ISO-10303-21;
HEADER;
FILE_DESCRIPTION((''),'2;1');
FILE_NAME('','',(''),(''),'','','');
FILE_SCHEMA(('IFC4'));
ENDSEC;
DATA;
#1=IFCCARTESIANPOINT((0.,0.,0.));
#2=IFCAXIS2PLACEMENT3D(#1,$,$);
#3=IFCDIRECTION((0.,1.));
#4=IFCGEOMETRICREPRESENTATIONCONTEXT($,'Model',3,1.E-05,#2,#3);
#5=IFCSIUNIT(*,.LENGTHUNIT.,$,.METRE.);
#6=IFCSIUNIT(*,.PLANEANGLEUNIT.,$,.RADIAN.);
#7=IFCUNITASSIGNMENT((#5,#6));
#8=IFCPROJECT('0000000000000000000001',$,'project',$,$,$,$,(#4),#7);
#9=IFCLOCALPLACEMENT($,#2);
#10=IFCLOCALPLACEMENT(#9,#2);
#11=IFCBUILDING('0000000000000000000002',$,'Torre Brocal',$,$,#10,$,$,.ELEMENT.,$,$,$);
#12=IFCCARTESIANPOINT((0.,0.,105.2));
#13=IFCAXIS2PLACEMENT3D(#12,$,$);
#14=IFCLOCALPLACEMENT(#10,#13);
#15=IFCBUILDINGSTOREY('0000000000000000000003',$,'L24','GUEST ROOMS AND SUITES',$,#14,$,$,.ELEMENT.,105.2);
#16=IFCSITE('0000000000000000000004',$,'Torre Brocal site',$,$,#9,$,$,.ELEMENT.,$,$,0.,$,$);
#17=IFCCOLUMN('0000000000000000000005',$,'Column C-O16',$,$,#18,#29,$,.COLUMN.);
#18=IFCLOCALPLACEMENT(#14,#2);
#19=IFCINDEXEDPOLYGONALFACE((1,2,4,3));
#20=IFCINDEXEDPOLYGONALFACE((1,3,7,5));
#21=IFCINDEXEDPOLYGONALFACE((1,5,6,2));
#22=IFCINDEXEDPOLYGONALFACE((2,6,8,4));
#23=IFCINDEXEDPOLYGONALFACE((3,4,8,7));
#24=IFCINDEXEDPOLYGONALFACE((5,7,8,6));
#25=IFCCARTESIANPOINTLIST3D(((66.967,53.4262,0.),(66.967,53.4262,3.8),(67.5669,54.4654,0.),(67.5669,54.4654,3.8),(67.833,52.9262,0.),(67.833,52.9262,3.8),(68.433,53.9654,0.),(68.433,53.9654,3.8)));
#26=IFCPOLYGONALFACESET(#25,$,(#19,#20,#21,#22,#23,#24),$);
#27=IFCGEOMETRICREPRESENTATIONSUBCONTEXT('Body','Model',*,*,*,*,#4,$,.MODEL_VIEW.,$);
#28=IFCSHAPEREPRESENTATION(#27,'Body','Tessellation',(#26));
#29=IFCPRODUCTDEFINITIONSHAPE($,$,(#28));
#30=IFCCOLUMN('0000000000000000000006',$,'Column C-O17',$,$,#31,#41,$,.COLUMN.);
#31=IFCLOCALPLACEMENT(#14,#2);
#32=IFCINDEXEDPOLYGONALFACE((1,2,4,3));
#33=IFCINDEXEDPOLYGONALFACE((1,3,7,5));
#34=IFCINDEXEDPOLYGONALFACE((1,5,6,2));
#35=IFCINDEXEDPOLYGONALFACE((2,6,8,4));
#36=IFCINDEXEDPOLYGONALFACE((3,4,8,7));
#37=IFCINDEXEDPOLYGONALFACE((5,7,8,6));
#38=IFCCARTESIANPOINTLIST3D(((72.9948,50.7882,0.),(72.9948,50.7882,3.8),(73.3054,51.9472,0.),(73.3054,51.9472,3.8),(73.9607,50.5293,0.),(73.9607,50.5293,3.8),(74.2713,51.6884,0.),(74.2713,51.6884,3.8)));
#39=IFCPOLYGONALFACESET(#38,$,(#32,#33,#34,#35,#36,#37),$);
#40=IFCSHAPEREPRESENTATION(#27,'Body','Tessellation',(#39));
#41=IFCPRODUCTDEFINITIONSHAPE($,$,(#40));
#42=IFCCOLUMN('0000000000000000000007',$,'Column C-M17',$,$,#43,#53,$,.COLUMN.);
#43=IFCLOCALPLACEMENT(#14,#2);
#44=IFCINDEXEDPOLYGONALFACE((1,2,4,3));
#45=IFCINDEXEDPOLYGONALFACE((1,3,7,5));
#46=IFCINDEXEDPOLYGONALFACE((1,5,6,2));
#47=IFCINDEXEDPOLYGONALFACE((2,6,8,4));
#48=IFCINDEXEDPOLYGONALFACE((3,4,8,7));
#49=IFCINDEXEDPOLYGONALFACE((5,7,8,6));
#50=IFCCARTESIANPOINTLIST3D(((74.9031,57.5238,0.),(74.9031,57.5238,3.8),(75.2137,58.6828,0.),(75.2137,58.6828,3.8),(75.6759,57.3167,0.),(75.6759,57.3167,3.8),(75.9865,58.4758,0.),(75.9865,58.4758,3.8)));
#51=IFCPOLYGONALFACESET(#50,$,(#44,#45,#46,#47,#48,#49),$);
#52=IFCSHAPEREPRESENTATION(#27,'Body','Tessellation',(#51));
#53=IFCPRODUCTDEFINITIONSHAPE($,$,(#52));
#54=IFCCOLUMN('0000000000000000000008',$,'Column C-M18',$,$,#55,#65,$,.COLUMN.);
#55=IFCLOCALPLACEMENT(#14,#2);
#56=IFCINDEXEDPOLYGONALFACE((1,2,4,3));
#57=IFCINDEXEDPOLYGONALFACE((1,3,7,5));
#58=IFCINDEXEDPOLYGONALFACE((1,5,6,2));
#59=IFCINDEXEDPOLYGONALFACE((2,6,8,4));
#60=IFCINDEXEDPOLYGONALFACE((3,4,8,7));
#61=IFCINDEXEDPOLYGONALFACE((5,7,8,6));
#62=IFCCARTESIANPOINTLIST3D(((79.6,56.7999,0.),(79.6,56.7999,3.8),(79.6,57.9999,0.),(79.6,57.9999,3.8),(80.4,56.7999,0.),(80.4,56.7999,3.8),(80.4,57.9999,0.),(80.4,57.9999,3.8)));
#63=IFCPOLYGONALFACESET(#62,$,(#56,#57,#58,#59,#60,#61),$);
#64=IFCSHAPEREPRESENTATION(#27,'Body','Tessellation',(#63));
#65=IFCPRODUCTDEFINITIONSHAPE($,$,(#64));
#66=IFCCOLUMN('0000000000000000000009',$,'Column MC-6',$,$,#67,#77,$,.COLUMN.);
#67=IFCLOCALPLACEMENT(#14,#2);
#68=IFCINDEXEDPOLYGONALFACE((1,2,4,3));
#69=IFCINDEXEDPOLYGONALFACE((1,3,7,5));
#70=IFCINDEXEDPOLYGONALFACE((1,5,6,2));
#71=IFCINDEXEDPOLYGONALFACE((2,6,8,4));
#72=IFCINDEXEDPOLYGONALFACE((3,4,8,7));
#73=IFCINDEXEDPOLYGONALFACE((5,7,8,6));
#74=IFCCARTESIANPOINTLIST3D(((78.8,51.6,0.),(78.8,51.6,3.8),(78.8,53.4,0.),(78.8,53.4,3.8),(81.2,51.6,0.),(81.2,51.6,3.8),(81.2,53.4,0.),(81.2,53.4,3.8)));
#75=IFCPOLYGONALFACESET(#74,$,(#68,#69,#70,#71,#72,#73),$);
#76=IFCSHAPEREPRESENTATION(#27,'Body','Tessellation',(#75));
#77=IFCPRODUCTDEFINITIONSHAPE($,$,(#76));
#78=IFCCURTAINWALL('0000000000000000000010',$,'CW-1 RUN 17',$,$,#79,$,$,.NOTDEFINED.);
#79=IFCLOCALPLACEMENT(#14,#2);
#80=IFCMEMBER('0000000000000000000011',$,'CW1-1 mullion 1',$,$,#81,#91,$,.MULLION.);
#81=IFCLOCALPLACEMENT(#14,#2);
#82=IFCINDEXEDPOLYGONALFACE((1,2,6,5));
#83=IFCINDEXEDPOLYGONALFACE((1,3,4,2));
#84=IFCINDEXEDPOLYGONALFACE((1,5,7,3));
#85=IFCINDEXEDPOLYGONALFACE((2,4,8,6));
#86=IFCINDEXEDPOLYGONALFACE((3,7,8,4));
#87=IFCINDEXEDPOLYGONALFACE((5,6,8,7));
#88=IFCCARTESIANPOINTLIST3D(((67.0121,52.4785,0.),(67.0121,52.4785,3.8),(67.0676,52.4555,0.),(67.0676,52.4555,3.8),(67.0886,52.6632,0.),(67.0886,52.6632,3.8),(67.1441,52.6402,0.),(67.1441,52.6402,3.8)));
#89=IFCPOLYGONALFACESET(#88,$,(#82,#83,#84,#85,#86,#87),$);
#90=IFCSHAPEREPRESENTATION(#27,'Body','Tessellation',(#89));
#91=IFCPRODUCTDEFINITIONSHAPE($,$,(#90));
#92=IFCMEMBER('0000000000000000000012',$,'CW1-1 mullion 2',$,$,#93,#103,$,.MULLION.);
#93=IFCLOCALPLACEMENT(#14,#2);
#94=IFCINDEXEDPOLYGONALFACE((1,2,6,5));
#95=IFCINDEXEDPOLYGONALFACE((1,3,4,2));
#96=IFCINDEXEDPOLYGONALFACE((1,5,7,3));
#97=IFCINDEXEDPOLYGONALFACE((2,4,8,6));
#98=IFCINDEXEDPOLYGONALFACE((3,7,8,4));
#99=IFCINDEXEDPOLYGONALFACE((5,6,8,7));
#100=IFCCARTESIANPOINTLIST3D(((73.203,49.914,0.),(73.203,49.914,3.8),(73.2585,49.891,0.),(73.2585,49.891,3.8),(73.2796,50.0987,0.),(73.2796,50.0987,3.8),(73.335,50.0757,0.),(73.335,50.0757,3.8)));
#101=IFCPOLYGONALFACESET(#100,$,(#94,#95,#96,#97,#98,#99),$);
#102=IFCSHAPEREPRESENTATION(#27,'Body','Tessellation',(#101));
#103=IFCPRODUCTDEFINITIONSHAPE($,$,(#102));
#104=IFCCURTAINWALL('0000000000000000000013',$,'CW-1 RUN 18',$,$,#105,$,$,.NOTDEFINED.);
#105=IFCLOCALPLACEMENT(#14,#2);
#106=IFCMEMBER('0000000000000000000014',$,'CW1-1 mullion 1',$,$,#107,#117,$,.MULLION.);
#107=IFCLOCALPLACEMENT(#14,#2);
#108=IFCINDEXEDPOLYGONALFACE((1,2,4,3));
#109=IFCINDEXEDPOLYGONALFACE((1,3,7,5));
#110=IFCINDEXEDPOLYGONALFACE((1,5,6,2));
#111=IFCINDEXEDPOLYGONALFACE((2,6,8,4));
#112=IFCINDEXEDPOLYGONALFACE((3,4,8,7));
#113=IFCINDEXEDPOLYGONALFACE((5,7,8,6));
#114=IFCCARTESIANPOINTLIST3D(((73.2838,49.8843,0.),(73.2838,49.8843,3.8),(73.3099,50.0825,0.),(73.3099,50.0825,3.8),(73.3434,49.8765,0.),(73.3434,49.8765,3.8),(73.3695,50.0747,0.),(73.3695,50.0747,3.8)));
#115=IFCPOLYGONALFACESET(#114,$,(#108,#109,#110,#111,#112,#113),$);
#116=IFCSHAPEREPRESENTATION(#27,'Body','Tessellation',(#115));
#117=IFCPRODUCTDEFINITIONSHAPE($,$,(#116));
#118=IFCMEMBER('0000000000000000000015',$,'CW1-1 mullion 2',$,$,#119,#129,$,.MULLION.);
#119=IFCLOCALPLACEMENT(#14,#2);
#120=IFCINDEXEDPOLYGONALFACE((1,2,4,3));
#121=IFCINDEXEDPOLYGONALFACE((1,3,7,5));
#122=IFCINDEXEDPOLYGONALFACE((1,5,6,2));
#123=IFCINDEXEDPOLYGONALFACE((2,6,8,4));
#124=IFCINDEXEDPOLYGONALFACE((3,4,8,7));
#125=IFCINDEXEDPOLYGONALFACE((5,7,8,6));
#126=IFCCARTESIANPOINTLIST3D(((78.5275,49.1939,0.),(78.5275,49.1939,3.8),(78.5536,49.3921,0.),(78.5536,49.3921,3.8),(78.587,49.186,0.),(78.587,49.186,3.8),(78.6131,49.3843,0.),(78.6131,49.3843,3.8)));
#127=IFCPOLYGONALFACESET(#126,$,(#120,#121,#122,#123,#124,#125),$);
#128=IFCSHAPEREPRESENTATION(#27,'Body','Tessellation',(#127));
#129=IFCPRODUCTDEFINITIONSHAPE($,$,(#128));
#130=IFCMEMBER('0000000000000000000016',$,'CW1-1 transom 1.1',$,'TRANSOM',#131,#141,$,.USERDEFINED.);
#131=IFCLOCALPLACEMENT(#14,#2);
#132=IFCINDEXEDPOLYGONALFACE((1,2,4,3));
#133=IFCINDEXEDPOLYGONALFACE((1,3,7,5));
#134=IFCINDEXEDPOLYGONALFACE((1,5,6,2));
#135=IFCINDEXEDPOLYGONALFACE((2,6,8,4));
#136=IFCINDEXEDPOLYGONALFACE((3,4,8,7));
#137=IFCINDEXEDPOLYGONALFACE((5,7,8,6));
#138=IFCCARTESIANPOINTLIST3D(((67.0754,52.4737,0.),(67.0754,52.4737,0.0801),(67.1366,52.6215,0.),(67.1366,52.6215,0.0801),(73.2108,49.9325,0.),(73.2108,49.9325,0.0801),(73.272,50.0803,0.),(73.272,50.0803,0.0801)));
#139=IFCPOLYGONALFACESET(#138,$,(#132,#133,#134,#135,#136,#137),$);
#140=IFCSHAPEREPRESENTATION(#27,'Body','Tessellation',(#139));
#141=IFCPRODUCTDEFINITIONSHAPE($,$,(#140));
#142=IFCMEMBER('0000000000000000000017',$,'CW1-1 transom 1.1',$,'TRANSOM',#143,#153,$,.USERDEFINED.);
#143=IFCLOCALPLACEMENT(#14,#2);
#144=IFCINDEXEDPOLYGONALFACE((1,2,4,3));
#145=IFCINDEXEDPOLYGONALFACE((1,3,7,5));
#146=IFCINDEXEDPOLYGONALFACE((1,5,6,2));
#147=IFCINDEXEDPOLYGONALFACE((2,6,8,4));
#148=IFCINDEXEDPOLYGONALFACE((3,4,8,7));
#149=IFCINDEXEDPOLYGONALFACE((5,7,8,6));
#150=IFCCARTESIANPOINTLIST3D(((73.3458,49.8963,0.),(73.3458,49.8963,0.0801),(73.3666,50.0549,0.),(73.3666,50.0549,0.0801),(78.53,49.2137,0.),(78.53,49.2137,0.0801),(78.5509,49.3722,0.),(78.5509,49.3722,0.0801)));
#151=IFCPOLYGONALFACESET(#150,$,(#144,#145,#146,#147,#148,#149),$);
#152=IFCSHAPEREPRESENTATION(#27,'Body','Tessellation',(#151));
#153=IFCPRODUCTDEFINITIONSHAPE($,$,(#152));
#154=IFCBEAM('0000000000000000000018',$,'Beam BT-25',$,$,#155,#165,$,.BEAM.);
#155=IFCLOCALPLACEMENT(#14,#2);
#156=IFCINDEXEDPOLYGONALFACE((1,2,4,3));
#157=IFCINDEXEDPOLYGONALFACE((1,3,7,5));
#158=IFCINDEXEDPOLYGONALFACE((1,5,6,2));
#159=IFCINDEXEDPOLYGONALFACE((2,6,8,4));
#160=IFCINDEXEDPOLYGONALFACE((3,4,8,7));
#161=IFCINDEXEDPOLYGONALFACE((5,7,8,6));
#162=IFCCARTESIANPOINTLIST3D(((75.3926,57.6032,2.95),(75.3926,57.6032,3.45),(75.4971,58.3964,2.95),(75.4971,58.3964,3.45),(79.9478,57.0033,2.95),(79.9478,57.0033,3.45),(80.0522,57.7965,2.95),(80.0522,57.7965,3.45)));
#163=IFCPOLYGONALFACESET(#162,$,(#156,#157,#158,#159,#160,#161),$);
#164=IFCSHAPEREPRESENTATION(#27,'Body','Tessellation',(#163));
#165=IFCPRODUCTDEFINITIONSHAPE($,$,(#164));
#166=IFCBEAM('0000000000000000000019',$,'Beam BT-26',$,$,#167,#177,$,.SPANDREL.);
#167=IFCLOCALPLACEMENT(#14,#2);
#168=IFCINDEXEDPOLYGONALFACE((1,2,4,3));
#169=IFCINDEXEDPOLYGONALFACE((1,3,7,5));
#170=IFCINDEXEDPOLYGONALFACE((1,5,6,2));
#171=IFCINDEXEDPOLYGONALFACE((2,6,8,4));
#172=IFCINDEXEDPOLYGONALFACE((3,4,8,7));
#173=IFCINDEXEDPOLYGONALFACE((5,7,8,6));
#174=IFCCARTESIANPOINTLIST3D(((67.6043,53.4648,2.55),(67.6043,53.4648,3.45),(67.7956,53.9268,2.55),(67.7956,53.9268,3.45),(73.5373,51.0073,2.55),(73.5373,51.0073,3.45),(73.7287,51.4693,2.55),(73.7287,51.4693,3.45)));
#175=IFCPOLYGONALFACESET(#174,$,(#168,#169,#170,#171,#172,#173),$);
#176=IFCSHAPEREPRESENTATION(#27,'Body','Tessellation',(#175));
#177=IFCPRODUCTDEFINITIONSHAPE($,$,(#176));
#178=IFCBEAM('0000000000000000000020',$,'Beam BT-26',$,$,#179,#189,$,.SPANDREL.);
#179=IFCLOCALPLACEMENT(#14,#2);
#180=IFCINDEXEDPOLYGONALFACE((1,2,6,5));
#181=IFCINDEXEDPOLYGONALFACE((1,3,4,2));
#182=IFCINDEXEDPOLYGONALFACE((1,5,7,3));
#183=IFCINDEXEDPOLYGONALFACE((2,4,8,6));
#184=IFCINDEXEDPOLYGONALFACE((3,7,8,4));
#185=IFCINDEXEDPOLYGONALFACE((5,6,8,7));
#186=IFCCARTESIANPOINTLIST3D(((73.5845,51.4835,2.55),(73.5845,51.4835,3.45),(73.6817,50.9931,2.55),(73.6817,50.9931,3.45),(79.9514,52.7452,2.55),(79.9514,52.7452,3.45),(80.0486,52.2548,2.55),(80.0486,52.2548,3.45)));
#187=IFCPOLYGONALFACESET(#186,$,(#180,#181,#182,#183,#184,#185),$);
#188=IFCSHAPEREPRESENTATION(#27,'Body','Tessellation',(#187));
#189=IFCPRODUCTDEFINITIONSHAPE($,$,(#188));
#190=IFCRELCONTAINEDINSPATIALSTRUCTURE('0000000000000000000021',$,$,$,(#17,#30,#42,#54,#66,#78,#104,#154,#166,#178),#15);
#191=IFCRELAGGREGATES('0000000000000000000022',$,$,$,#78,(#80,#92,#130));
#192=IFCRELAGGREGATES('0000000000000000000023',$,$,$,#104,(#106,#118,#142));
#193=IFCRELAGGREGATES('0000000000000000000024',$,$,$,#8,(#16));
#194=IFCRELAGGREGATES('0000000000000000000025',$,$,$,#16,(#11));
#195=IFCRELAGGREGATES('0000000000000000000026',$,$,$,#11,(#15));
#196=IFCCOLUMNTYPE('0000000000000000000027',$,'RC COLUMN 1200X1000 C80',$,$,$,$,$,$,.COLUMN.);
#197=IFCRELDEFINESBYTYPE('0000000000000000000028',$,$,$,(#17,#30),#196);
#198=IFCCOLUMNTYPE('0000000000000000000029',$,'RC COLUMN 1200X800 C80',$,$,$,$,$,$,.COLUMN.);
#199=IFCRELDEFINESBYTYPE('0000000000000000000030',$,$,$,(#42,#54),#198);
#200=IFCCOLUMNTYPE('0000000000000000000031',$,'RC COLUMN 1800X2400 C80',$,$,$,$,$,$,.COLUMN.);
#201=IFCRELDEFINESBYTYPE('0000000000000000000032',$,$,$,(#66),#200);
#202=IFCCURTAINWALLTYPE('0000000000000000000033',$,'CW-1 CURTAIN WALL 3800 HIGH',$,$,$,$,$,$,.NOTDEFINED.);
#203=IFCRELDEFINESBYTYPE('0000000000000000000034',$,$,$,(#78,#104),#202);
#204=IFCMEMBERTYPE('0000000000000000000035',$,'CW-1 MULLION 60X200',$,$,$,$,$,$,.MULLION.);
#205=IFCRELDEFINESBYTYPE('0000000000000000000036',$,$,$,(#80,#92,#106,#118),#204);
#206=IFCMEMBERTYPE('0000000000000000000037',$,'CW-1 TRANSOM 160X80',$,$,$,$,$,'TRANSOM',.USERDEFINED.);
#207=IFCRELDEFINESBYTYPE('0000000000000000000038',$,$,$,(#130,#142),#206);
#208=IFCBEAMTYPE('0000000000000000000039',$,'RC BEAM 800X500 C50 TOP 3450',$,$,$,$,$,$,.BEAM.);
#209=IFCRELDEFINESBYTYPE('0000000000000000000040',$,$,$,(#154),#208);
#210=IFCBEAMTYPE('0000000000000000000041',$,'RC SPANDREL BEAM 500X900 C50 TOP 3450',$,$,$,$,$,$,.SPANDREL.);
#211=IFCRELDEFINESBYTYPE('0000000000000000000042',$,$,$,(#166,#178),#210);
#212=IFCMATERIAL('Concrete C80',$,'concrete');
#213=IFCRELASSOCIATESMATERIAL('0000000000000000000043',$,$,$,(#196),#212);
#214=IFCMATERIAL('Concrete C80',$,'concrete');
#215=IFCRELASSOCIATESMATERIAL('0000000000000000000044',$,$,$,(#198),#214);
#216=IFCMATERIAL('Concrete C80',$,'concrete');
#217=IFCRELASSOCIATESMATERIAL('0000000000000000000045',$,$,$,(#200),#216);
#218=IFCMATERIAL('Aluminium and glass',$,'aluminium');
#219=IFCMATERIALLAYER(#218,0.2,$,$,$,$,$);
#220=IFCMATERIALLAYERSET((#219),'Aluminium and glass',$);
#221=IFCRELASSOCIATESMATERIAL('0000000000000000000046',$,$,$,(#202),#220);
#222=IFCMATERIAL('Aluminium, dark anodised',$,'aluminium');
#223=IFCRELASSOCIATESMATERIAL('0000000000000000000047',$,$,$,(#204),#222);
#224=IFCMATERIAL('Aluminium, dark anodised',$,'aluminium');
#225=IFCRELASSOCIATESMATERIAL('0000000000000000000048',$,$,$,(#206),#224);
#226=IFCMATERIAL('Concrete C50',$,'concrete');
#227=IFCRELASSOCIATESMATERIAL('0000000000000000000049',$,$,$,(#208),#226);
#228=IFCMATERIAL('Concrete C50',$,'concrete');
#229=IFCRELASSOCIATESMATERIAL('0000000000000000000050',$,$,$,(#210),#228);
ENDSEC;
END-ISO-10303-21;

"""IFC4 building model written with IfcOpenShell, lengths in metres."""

from ifc_helpers import new_model, si_unit, direction, frame, origin, origin_2d, place, context, subcontext, project, spatial, rectangle, extrude, material, layer, layer_set, material_profile, profile_set, type_object, element, aggregate, save


model = new_model("IFC4")

# Units and contexts
model_context = context("Model", 3, precision=1e-05, world=origin(), true_north=direction((0.0, 1.0)))
body_context = subcontext(model_context, "Body", "Model", "MODEL_VIEW")
ifc_project = project(units=[si_unit("LENGTHUNIT", "METRE"), si_unit("PLANEANGLEUNIT", "RADIAN")], contexts=[model_context])

# Site, building, storey
site_placement = place(None, origin())
site = spatial("IfcSite", under=ifc_project, at=site_placement, Name="Torre Brocal site", CompositionType="ELEMENT", RefElevation=0.0)
building_placement = place(site_placement, origin())
building = spatial("IfcBuilding", under=site, at=building_placement, Name="Torre Brocal", CompositionType="ELEMENT")
storey_placement = place(building_placement, frame((0.0, 0.0, 105.2)))
storey = spatial("IfcBuildingStorey", under=building, at=storey_placement, Name="L24", Description="GUEST ROOMS AND SUITES", CompositionType="ELEMENT", Elevation=105.2)

# Columns
ifc_material_1 = material(Name="Concrete C80", Category="concrete")
ifc_material_profile_1 = material_profile(ifc_material_1, rectangle(XDim=1.2, YDim=1.0, at=origin_2d()), Name="RC 1200X1000")
ifc_profile_set_1 = profile_set([ifc_material_profile_1], Name="Concrete C80")
column_type_1 = type_object("IfcColumnType", Name="RC COLUMN 1200X1000 C80", PredefinedType="COLUMN", material=ifc_profile_set_1)
for number, where, z_axis, x_axis, name in (
    (1, (67.7, 53.6958, 0.0), (0.0, 0.0, 1.0), (-0.5, -0.866025, 0.0), "Column C-O16"),
    (2, (73.6331, 51.2383, 0.0), (0.0, 0.0, 1.0), (-0.258819, -0.965926, 0.0), "Column C-O17"),
):
    element("IfcColumn", number, at=place(storey_placement, frame(where, z_axis=z_axis, x_axis=x_axis)), inside=storey, type_object=column_type_1, Name=name, PredefinedType="COLUMN", context=body_context, shape_type="SweptSolid", body=[
        extrude(rectangle(XDim=1.2, YDim=1.0, at=origin_2d()), origin(), (0.0, 0.0, 1.0), 3.8),
    ])
ifc_material_2 = material(Name="Concrete C80", Category="concrete")
ifc_material_profile_2 = material_profile(ifc_material_2, rectangle(XDim=1.2, YDim=0.8, at=origin_2d()), Name="RC 1200X800")
ifc_profile_set_2 = profile_set([ifc_material_profile_2], Name="Concrete C80")
column_type_2 = type_object("IfcColumnType", Name="RC COLUMN 1200X800 C80", PredefinedType="COLUMN", material=ifc_profile_set_2)
for number, where, z_axis, x_axis, name in (
    (3, (75.4448, 57.9998, 0.0), (0.0, 0.0, 1.0), (-0.258819, -0.965926, 0.0), "Column C-M17"),
    (4, (80.0, 57.3999, 0.0), (0.0, 0.0, 1.0), (0.0, -1.0, 0.0), "Column C-M18"),
):
    element("IfcColumn", number, at=place(storey_placement, frame(where, z_axis=z_axis, x_axis=x_axis)), inside=storey, type_object=column_type_2, Name=name, PredefinedType="COLUMN", context=body_context, shape_type="SweptSolid", body=[
        extrude(rectangle(XDim=1.2, YDim=0.8, at=origin_2d()), origin(), (0.0, 0.0, 1.0), 3.8),
    ])
ifc_material_3 = material(Name="Concrete C80", Category="concrete")
ifc_material_profile_3 = material_profile(ifc_material_3, rectangle(XDim=1.8, YDim=2.3999, at=origin_2d()), Name="RC 1800X2400")
ifc_profile_set_3 = profile_set([ifc_material_profile_3], Name="Concrete C80")
column_type_3 = type_object("IfcColumnType", Name="RC COLUMN 1800X2400 C80", PredefinedType="COLUMN", material=ifc_profile_set_3)
column_placement = place(storey_placement, frame((80.0, 52.5, 0.0), z_axis=(0.0, 0.0, 1.0), x_axis=(0.0, -1.0, 0.0)))
element("IfcColumn", 5, at=column_placement, inside=storey, type_object=column_type_3, Name="Column MC-6", PredefinedType="COLUMN", context=body_context, shape_type="SweptSolid", body=[
    extrude(rectangle(XDim=1.8, YDim=2.3999, at=origin_2d()), origin(), (0.0, 0.0, 1.0), 3.8),
])

# Curtain walls, members
ifc_material_4 = material(Name="Aluminium and glass", Category="aluminium")
ifc_layer_1 = layer(ifc_material_4, 0.2)
ifc_layer_set_1 = layer_set([ifc_layer_1], Name="Aluminium and glass")
curtain_wall_type = type_object("IfcCurtainWallType", Name="CW-1 CURTAIN WALL 3800 HIGH", PredefinedType="NOTDEFINED", material=ifc_layer_set_1)
curtain_wall_1_placement = place(storey_placement, origin())
curtain_wall_1 = element("IfcCurtainWall", 6, at=curtain_wall_1_placement, inside=storey, type_object=curtain_wall_type, Name="CW-1 RUN 17", PredefinedType="NOTDEFINED")
ifc_material_5 = material(Name="Aluminium, dark anodised", Category="aluminium")
ifc_material_profile_4 = material_profile(ifc_material_5, rectangle(XDim=0.2, YDim=0.0601, at=origin_2d()), Name="CW-1 MULLION 60X200")
ifc_profile_set_4 = profile_set([ifc_material_profile_4], Name="Aluminium, dark anodised")
member_type_1 = type_object("IfcMemberType", Name="CW-1 MULLION 60X200", PredefinedType="MULLION", material=ifc_profile_set_4)
member_1_placement = place(storey_placement, frame((67.0781, 52.5593, 0.0), z_axis=(0.0, 0.0, 1.0), x_axis=(0.382683, 0.92388, 0.0)))
member_1 = element("IfcMember", 7, at=member_1_placement, type_object=member_type_1, Name="CW1-1 mullion 1", PredefinedType="MULLION", context=body_context, shape_type="SweptSolid", body=[
    extrude(rectangle(XDim=0.2, YDim=0.0601, at=origin_2d()), origin(), (0.0, 0.0, 1.0), 3.8),
])
member_2_placement = place(storey_placement, frame((73.269, 49.9949, 0.0), z_axis=(0.0, 0.0, 1.0), x_axis=(0.382683, 0.92388, 0.0)))
member_2 = element("IfcMember", 8, at=member_2_placement, type_object=member_type_1, Name="CW1-1 mullion 2", PredefinedType="MULLION", context=body_context, shape_type="SweptSolid", body=[
    extrude(rectangle(XDim=0.2, YDim=0.0601, at=origin_2d()), origin(), (0.0, 0.0, 1.0), 3.8),
])
curtain_wall_2_placement = place(storey_placement, origin())
curtain_wall_2 = element("IfcCurtainWall", 9, at=curtain_wall_2_placement, inside=storey, type_object=curtain_wall_type, Name="CW-1 RUN 18", PredefinedType="NOTDEFINED")
member_3_placement = place(storey_placement, frame((73.3267, 49.9795, 0.0), z_axis=(0.0, 0.0, 1.0), x_axis=(0.130526, 0.991445, 0.0)))
member_3 = element("IfcMember", 10, at=member_3_placement, type_object=member_type_1, Name="CW1-1 mullion 1", PredefinedType="MULLION", context=body_context, shape_type="SweptSolid", body=[
    extrude(rectangle(XDim=0.2, YDim=0.0601, at=origin_2d()), origin(), (0.0, 0.0, 1.0), 3.8),
])
member_4_placement = place(storey_placement, frame((78.5703, 49.2891, 0.0), z_axis=(0.0, 0.0, 1.0), x_axis=(0.130526, 0.991445, 0.0)))
member_4 = element("IfcMember", 11, at=member_4_placement, type_object=member_type_1, Name="CW1-1 mullion 2", PredefinedType="MULLION", context=body_context, shape_type="SweptSolid", body=[
    extrude(rectangle(XDim=0.2, YDim=0.0601, at=origin_2d()), origin(), (0.0, 0.0, 1.0), 3.8),
])

# Members
ifc_material_6 = material(Name="Aluminium, dark anodised", Category="aluminium")
ifc_material_profile_5 = material_profile(ifc_material_6, rectangle(XDim=0.1599, YDim=0.0801, at=origin_2d()), Name="CW-1 TRANSOM 160X80")
ifc_profile_set_5 = profile_set([ifc_material_profile_5], Name="Aluminium, dark anodised")
member_type_2 = type_object("IfcMemberType", Name="CW-1 TRANSOM 160X80", ElementType="TRANSOM", PredefinedType="USERDEFINED", material=ifc_profile_set_5)
member_5_placement = place(storey_placement, frame((67.106, 52.5476, 0.04), z_axis=(0.923887, -0.382665, 0.0), x_axis=(0.382665, 0.923887, 0.0)))
member_5 = element("IfcMember", 12, at=member_5_placement, type_object=member_type_2, Name="CW1-1 transom 1.1", ObjectType="TRANSOM", PredefinedType="USERDEFINED", context=body_context, shape_type="SweptSolid", body=[
    extrude(rectangle(XDim=0.1599, YDim=0.0801, at=origin_2d()), origin(), (0.0, 0.0, 1.0), 6.6409),
])
member_6_placement = place(storey_placement, frame((73.3562, 49.9756, 0.04), z_axis=(0.991443, -0.130543, 0.0), x_axis=(0.130543, 0.991443, 0.0)))
member_6 = element("IfcMember", 13, at=member_6_placement, type_object=member_type_2, Name="CW1-1 transom 1.1", ObjectType="TRANSOM", PredefinedType="USERDEFINED", context=body_context, shape_type="SweptSolid", body=[
    extrude(rectangle(XDim=0.1599, YDim=0.0801, at=origin_2d()), origin(), (0.0, 0.0, 1.0), 5.229),
])

# Beams
ifc_material_7 = material(Name="Concrete C50", Category="concrete")
ifc_material_profile_6 = material_profile(ifc_material_7, rectangle(XDim=0.8, YDim=0.5, at=origin_2d()), Name="RC 800X500")
ifc_profile_set_6 = profile_set([ifc_material_profile_6], Name="Concrete C50")
beam_type_1 = type_object("IfcBeamType", Name="RC BEAM 800X500 C50 TOP 3450", PredefinedType="BEAM", material=ifc_profile_set_6)
beam_1_placement = place(storey_placement, frame((75.4448, 57.9998, 3.2), z_axis=(0.991441, -0.130559, 0.0), x_axis=(0.130559, 0.991441, 0.0)))
element("IfcBeam", 14, at=beam_1_placement, inside=storey, type_object=beam_type_1, Name="Beam BT-25", PredefinedType="BEAM", context=body_context, shape_type="SweptSolid", body=[
    extrude(rectangle(XDim=0.8, YDim=0.5, at=origin_2d()), origin(), (0.0, 0.0, 1.0), 4.5945),
])
ifc_material_8 = material(Name="Concrete C50", Category="concrete")
ifc_material_profile_7 = material_profile(ifc_material_8, rectangle(XDim=0.5, YDim=0.8999, at=origin_2d()), Name="RC 500X900")
ifc_profile_set_7 = profile_set([ifc_material_profile_7], Name="Concrete C50")
beam_type_2 = type_object("IfcBeamType", Name="RC SPANDREL BEAM 500X900 C50 TOP 3450", PredefinedType="SPANDREL", material=ifc_profile_set_7)
beam_2_placement = place(storey_placement, frame((67.7, 53.6958, 3.0), z_axis=(0.923882, -0.382676, 0.0), x_axis=(0.382676, 0.923882, 0.0)))
element("IfcBeam", 15, at=beam_2_placement, inside=storey, type_object=beam_type_2, Name="Beam BT-26", PredefinedType="SPANDREL", context=body_context, shape_type="SweptSolid", body=[
    extrude(rectangle(XDim=0.5, YDim=0.8999, at=origin_2d()), origin(), (0.0, 0.0, 1.0), 6.4219),
])
beam_3_placement = place(storey_placement, frame((73.6331, 51.2383, 3.0), z_axis=(0.980925, 0.194387, 0.0), x_axis=(-0.194387, 0.980925, 0.0)))
element("IfcBeam", 16, at=beam_3_placement, inside=storey, type_object=beam_type_2, Name="Beam BT-26", PredefinedType="SPANDREL", context=body_context, shape_type="SweptSolid", body=[
    extrude(rectangle(XDim=0.5, YDim=0.8999, at=origin_2d()), origin(), (0.0, 0.0, 1.0), 6.4907),
])

aggregate(curtain_wall_1, [member_1, member_2, member_5])
aggregate(curtain_wall_2, [member_3, member_4, member_6])

save(model, "model.ifc")
